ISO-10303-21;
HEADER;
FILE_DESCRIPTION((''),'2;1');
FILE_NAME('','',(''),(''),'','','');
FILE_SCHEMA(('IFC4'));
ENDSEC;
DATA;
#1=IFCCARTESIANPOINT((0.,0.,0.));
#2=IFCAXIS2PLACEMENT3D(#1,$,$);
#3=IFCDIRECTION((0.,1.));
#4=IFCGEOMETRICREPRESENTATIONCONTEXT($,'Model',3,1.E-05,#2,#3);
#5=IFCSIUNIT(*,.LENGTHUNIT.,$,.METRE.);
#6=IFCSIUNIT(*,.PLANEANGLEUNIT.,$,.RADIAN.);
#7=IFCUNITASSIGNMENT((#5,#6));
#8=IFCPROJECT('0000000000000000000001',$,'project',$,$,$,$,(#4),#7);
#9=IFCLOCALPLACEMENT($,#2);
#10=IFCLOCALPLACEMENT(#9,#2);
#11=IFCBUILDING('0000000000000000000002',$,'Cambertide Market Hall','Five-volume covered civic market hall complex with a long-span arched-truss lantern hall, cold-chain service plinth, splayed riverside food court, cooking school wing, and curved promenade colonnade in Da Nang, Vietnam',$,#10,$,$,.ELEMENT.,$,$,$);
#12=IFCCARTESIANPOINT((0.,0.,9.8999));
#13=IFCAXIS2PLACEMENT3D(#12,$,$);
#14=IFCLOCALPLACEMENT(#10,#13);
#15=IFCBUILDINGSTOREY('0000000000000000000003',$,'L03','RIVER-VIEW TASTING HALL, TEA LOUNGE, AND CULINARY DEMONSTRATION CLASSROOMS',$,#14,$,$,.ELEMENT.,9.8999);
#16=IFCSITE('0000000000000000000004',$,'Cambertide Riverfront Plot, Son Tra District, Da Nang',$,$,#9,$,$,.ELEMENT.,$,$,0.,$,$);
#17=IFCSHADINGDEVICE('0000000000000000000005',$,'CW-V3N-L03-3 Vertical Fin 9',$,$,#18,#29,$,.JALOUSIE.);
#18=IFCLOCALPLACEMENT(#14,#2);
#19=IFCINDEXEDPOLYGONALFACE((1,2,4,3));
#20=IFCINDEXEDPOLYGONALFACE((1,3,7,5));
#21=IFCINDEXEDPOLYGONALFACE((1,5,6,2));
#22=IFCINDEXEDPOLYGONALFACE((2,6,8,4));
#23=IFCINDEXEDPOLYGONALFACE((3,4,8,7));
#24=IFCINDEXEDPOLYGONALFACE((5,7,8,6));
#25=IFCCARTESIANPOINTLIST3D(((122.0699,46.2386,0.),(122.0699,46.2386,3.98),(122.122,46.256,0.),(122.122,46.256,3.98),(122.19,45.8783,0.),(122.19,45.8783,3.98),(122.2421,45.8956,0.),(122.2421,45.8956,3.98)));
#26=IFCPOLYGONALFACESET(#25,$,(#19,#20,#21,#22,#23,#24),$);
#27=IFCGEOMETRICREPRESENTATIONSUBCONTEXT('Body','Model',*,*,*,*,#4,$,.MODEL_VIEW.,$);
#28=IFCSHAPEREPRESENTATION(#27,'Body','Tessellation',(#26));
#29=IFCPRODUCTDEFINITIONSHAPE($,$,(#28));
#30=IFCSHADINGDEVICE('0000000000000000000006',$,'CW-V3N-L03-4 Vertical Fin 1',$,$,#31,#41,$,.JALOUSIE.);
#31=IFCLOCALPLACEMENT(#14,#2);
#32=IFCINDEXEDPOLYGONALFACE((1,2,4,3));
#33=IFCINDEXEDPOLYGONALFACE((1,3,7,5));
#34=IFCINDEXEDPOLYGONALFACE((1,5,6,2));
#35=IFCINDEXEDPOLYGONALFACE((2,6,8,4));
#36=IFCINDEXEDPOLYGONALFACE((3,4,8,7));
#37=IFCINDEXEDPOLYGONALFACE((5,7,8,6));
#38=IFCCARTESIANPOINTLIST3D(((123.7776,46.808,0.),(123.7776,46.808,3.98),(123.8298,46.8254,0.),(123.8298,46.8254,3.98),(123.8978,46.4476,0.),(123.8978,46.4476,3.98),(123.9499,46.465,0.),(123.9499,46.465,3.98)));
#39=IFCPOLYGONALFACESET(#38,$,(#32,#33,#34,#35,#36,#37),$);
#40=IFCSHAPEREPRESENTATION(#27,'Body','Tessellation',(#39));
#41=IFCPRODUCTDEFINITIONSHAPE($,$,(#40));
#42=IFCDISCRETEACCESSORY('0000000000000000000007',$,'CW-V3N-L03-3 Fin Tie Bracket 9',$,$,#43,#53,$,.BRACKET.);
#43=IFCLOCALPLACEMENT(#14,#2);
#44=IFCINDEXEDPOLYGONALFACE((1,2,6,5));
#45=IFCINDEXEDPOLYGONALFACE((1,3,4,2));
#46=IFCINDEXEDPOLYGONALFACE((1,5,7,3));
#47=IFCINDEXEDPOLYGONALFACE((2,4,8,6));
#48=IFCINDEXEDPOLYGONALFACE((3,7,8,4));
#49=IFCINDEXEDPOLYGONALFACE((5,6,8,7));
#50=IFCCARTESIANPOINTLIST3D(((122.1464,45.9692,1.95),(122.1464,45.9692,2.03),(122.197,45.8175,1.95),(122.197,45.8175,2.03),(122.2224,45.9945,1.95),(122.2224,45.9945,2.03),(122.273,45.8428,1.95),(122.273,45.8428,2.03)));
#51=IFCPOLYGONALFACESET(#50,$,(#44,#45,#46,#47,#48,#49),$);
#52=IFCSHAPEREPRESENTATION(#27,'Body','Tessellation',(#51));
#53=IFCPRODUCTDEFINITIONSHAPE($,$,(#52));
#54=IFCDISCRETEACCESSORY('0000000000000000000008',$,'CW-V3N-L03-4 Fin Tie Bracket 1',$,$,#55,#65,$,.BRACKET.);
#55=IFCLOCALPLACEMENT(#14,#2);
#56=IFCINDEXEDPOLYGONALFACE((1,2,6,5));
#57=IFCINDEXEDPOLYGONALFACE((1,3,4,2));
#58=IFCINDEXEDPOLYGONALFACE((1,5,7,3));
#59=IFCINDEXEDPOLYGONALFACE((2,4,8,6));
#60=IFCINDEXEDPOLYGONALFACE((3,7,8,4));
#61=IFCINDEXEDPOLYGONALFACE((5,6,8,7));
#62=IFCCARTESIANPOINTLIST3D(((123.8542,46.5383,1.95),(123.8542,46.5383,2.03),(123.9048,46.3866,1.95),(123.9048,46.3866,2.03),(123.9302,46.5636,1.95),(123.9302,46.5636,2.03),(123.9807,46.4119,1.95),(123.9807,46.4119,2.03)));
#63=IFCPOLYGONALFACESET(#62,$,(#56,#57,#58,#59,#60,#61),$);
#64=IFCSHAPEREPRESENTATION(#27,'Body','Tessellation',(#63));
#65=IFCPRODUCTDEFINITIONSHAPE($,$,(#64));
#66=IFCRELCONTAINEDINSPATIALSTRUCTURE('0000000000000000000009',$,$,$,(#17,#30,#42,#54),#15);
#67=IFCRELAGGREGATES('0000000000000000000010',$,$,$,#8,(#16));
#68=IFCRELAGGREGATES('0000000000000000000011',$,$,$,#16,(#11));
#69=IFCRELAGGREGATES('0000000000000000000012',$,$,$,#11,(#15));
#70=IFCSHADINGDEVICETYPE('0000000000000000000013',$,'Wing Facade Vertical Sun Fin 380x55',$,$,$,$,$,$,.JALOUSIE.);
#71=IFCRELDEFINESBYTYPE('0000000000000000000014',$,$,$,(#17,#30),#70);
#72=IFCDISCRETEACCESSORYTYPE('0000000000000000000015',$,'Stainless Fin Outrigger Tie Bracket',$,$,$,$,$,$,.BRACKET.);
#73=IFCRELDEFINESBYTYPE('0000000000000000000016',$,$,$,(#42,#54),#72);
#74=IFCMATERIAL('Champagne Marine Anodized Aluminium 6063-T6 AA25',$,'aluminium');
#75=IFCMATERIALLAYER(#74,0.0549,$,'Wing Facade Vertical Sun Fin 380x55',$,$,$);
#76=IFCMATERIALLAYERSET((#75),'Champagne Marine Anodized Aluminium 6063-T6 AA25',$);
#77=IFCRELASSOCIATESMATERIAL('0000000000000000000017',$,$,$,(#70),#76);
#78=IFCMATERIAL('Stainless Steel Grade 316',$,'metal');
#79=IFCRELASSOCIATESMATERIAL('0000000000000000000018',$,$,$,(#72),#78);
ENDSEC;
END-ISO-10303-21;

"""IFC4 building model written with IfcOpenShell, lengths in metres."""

from ifc_helpers import new_model, si_unit, direction, frame, origin, origin_2d, place, context, subcontext, project, spatial, rectangle, extrude, material, layer, layer_set, type_object, element, save


model = new_model("IFC4")

# Units and contexts
model_context = context("Model", 3, precision=1e-05, world=origin(), true_north=direction((0.0, 1.0)))
body_context = subcontext(model_context, "Body", "Model", "MODEL_VIEW")
ifc_project = project(units=[si_unit("LENGTHUNIT", "METRE"), si_unit("PLANEANGLEUNIT", "RADIAN")], contexts=[model_context])

# Site, building, storey
site_placement = place(None, origin())
site = spatial("IfcSite", under=ifc_project, at=site_placement, Name="Cambertide Riverfront Plot, Son Tra District, Da Nang", CompositionType="ELEMENT", RefElevation=0.0)
building_placement = place(site_placement, origin())
building = spatial("IfcBuilding", under=site, at=building_placement, Name="Cambertide Market Hall", Description="Five-volume covered civic market hall complex with a long-span arched-truss lantern hall, cold-chain service plinth, splayed riverside food court, cooking school wing, and curved promenade colonnade in Da Nang, Vietnam", CompositionType="ELEMENT")
storey_placement = place(building_placement, frame((0.0, 0.0, 9.8999)))
storey = spatial("IfcBuildingStorey", under=building, at=storey_placement, Name="L03", Description="RIVER-VIEW TASTING HALL, TEA LOUNGE, AND CULINARY DEMONSTRATION CLASSROOMS", CompositionType="ELEMENT", Elevation=9.8999)

# Shading devices
ifc_material_1 = material(Name="Champagne Marine Anodized Aluminium 6063-T6 AA25", Category="aluminium")
ifc_layer_1 = layer(ifc_material_1, 0.0549, Name="Wing Facade Vertical Sun Fin 380x55")
ifc_layer_set_1 = layer_set([ifc_layer_1], Name="Champagne Marine Anodized Aluminium 6063-T6 AA25")
shading_device_type = type_object("IfcShadingDeviceType", Name="Wing Facade Vertical Sun Fin 380x55", PredefinedType="JALOUSIE", material=ifc_layer_set_1)
for number, where, z_axis, x_axis, name in (
    (1, (122.156, 46.0671, 0.0), (0.0, 0.0, 1.0), (0.948683, 0.316228, 0.0), "CW-V3N-L03-3 Vertical Fin 9"),
    (2, (123.8638, 46.6365, 0.0), (0.0, 0.0, 1.0), (0.948683, 0.316228, 0.0), "CW-V3N-L03-4 Vertical Fin 1"),
):
    element("IfcShadingDevice", number, at=place(storey_placement, frame(where, z_axis=z_axis, x_axis=x_axis)), inside=storey, type_object=shading_device_type, Name=name, PredefinedType="JALOUSIE", context=body_context, shape_type="SweptSolid", body=[
        extrude(rectangle(XDim=0.0549, YDim=0.3799, at=origin_2d()), origin(), (0.0, 0.0, 1.0), 3.98),
    ])

# Discrete accessories
ifc_material_2 = material(Name="Stainless Steel Grade 316", Category="metal")
discrete_accessory_type = type_object("IfcDiscreteAccessoryType", Name="Stainless Fin Outrigger Tie Bracket", PredefinedType="BRACKET", material=ifc_material_2)
for number, where, z_axis, x_axis, name in (
    (3, (122.2097, 45.906, 1.95), (0.0, 0.0, 1.0), (0.948683, 0.316228, 0.0), "CW-V3N-L03-3 Fin Tie Bracket 9"),
    (4, (123.9175, 46.4751, 1.95), (0.0, 0.0, 1.0), (0.948683, 0.316228, 0.0), "CW-V3N-L03-4 Fin Tie Bracket 1"),
):
    element("IfcDiscreteAccessory", number, at=place(storey_placement, frame(where, z_axis=z_axis, x_axis=x_axis)), inside=storey, type_object=discrete_accessory_type, Name=name, PredefinedType="BRACKET", context=body_context, shape_type="SweptSolid", body=[
        extrude(rectangle(XDim=0.0801, YDim=0.1599, at=origin_2d()), origin(), (0.0, 0.0, 1.0), 0.0801),
    ])

save(model, "model.ifc")
